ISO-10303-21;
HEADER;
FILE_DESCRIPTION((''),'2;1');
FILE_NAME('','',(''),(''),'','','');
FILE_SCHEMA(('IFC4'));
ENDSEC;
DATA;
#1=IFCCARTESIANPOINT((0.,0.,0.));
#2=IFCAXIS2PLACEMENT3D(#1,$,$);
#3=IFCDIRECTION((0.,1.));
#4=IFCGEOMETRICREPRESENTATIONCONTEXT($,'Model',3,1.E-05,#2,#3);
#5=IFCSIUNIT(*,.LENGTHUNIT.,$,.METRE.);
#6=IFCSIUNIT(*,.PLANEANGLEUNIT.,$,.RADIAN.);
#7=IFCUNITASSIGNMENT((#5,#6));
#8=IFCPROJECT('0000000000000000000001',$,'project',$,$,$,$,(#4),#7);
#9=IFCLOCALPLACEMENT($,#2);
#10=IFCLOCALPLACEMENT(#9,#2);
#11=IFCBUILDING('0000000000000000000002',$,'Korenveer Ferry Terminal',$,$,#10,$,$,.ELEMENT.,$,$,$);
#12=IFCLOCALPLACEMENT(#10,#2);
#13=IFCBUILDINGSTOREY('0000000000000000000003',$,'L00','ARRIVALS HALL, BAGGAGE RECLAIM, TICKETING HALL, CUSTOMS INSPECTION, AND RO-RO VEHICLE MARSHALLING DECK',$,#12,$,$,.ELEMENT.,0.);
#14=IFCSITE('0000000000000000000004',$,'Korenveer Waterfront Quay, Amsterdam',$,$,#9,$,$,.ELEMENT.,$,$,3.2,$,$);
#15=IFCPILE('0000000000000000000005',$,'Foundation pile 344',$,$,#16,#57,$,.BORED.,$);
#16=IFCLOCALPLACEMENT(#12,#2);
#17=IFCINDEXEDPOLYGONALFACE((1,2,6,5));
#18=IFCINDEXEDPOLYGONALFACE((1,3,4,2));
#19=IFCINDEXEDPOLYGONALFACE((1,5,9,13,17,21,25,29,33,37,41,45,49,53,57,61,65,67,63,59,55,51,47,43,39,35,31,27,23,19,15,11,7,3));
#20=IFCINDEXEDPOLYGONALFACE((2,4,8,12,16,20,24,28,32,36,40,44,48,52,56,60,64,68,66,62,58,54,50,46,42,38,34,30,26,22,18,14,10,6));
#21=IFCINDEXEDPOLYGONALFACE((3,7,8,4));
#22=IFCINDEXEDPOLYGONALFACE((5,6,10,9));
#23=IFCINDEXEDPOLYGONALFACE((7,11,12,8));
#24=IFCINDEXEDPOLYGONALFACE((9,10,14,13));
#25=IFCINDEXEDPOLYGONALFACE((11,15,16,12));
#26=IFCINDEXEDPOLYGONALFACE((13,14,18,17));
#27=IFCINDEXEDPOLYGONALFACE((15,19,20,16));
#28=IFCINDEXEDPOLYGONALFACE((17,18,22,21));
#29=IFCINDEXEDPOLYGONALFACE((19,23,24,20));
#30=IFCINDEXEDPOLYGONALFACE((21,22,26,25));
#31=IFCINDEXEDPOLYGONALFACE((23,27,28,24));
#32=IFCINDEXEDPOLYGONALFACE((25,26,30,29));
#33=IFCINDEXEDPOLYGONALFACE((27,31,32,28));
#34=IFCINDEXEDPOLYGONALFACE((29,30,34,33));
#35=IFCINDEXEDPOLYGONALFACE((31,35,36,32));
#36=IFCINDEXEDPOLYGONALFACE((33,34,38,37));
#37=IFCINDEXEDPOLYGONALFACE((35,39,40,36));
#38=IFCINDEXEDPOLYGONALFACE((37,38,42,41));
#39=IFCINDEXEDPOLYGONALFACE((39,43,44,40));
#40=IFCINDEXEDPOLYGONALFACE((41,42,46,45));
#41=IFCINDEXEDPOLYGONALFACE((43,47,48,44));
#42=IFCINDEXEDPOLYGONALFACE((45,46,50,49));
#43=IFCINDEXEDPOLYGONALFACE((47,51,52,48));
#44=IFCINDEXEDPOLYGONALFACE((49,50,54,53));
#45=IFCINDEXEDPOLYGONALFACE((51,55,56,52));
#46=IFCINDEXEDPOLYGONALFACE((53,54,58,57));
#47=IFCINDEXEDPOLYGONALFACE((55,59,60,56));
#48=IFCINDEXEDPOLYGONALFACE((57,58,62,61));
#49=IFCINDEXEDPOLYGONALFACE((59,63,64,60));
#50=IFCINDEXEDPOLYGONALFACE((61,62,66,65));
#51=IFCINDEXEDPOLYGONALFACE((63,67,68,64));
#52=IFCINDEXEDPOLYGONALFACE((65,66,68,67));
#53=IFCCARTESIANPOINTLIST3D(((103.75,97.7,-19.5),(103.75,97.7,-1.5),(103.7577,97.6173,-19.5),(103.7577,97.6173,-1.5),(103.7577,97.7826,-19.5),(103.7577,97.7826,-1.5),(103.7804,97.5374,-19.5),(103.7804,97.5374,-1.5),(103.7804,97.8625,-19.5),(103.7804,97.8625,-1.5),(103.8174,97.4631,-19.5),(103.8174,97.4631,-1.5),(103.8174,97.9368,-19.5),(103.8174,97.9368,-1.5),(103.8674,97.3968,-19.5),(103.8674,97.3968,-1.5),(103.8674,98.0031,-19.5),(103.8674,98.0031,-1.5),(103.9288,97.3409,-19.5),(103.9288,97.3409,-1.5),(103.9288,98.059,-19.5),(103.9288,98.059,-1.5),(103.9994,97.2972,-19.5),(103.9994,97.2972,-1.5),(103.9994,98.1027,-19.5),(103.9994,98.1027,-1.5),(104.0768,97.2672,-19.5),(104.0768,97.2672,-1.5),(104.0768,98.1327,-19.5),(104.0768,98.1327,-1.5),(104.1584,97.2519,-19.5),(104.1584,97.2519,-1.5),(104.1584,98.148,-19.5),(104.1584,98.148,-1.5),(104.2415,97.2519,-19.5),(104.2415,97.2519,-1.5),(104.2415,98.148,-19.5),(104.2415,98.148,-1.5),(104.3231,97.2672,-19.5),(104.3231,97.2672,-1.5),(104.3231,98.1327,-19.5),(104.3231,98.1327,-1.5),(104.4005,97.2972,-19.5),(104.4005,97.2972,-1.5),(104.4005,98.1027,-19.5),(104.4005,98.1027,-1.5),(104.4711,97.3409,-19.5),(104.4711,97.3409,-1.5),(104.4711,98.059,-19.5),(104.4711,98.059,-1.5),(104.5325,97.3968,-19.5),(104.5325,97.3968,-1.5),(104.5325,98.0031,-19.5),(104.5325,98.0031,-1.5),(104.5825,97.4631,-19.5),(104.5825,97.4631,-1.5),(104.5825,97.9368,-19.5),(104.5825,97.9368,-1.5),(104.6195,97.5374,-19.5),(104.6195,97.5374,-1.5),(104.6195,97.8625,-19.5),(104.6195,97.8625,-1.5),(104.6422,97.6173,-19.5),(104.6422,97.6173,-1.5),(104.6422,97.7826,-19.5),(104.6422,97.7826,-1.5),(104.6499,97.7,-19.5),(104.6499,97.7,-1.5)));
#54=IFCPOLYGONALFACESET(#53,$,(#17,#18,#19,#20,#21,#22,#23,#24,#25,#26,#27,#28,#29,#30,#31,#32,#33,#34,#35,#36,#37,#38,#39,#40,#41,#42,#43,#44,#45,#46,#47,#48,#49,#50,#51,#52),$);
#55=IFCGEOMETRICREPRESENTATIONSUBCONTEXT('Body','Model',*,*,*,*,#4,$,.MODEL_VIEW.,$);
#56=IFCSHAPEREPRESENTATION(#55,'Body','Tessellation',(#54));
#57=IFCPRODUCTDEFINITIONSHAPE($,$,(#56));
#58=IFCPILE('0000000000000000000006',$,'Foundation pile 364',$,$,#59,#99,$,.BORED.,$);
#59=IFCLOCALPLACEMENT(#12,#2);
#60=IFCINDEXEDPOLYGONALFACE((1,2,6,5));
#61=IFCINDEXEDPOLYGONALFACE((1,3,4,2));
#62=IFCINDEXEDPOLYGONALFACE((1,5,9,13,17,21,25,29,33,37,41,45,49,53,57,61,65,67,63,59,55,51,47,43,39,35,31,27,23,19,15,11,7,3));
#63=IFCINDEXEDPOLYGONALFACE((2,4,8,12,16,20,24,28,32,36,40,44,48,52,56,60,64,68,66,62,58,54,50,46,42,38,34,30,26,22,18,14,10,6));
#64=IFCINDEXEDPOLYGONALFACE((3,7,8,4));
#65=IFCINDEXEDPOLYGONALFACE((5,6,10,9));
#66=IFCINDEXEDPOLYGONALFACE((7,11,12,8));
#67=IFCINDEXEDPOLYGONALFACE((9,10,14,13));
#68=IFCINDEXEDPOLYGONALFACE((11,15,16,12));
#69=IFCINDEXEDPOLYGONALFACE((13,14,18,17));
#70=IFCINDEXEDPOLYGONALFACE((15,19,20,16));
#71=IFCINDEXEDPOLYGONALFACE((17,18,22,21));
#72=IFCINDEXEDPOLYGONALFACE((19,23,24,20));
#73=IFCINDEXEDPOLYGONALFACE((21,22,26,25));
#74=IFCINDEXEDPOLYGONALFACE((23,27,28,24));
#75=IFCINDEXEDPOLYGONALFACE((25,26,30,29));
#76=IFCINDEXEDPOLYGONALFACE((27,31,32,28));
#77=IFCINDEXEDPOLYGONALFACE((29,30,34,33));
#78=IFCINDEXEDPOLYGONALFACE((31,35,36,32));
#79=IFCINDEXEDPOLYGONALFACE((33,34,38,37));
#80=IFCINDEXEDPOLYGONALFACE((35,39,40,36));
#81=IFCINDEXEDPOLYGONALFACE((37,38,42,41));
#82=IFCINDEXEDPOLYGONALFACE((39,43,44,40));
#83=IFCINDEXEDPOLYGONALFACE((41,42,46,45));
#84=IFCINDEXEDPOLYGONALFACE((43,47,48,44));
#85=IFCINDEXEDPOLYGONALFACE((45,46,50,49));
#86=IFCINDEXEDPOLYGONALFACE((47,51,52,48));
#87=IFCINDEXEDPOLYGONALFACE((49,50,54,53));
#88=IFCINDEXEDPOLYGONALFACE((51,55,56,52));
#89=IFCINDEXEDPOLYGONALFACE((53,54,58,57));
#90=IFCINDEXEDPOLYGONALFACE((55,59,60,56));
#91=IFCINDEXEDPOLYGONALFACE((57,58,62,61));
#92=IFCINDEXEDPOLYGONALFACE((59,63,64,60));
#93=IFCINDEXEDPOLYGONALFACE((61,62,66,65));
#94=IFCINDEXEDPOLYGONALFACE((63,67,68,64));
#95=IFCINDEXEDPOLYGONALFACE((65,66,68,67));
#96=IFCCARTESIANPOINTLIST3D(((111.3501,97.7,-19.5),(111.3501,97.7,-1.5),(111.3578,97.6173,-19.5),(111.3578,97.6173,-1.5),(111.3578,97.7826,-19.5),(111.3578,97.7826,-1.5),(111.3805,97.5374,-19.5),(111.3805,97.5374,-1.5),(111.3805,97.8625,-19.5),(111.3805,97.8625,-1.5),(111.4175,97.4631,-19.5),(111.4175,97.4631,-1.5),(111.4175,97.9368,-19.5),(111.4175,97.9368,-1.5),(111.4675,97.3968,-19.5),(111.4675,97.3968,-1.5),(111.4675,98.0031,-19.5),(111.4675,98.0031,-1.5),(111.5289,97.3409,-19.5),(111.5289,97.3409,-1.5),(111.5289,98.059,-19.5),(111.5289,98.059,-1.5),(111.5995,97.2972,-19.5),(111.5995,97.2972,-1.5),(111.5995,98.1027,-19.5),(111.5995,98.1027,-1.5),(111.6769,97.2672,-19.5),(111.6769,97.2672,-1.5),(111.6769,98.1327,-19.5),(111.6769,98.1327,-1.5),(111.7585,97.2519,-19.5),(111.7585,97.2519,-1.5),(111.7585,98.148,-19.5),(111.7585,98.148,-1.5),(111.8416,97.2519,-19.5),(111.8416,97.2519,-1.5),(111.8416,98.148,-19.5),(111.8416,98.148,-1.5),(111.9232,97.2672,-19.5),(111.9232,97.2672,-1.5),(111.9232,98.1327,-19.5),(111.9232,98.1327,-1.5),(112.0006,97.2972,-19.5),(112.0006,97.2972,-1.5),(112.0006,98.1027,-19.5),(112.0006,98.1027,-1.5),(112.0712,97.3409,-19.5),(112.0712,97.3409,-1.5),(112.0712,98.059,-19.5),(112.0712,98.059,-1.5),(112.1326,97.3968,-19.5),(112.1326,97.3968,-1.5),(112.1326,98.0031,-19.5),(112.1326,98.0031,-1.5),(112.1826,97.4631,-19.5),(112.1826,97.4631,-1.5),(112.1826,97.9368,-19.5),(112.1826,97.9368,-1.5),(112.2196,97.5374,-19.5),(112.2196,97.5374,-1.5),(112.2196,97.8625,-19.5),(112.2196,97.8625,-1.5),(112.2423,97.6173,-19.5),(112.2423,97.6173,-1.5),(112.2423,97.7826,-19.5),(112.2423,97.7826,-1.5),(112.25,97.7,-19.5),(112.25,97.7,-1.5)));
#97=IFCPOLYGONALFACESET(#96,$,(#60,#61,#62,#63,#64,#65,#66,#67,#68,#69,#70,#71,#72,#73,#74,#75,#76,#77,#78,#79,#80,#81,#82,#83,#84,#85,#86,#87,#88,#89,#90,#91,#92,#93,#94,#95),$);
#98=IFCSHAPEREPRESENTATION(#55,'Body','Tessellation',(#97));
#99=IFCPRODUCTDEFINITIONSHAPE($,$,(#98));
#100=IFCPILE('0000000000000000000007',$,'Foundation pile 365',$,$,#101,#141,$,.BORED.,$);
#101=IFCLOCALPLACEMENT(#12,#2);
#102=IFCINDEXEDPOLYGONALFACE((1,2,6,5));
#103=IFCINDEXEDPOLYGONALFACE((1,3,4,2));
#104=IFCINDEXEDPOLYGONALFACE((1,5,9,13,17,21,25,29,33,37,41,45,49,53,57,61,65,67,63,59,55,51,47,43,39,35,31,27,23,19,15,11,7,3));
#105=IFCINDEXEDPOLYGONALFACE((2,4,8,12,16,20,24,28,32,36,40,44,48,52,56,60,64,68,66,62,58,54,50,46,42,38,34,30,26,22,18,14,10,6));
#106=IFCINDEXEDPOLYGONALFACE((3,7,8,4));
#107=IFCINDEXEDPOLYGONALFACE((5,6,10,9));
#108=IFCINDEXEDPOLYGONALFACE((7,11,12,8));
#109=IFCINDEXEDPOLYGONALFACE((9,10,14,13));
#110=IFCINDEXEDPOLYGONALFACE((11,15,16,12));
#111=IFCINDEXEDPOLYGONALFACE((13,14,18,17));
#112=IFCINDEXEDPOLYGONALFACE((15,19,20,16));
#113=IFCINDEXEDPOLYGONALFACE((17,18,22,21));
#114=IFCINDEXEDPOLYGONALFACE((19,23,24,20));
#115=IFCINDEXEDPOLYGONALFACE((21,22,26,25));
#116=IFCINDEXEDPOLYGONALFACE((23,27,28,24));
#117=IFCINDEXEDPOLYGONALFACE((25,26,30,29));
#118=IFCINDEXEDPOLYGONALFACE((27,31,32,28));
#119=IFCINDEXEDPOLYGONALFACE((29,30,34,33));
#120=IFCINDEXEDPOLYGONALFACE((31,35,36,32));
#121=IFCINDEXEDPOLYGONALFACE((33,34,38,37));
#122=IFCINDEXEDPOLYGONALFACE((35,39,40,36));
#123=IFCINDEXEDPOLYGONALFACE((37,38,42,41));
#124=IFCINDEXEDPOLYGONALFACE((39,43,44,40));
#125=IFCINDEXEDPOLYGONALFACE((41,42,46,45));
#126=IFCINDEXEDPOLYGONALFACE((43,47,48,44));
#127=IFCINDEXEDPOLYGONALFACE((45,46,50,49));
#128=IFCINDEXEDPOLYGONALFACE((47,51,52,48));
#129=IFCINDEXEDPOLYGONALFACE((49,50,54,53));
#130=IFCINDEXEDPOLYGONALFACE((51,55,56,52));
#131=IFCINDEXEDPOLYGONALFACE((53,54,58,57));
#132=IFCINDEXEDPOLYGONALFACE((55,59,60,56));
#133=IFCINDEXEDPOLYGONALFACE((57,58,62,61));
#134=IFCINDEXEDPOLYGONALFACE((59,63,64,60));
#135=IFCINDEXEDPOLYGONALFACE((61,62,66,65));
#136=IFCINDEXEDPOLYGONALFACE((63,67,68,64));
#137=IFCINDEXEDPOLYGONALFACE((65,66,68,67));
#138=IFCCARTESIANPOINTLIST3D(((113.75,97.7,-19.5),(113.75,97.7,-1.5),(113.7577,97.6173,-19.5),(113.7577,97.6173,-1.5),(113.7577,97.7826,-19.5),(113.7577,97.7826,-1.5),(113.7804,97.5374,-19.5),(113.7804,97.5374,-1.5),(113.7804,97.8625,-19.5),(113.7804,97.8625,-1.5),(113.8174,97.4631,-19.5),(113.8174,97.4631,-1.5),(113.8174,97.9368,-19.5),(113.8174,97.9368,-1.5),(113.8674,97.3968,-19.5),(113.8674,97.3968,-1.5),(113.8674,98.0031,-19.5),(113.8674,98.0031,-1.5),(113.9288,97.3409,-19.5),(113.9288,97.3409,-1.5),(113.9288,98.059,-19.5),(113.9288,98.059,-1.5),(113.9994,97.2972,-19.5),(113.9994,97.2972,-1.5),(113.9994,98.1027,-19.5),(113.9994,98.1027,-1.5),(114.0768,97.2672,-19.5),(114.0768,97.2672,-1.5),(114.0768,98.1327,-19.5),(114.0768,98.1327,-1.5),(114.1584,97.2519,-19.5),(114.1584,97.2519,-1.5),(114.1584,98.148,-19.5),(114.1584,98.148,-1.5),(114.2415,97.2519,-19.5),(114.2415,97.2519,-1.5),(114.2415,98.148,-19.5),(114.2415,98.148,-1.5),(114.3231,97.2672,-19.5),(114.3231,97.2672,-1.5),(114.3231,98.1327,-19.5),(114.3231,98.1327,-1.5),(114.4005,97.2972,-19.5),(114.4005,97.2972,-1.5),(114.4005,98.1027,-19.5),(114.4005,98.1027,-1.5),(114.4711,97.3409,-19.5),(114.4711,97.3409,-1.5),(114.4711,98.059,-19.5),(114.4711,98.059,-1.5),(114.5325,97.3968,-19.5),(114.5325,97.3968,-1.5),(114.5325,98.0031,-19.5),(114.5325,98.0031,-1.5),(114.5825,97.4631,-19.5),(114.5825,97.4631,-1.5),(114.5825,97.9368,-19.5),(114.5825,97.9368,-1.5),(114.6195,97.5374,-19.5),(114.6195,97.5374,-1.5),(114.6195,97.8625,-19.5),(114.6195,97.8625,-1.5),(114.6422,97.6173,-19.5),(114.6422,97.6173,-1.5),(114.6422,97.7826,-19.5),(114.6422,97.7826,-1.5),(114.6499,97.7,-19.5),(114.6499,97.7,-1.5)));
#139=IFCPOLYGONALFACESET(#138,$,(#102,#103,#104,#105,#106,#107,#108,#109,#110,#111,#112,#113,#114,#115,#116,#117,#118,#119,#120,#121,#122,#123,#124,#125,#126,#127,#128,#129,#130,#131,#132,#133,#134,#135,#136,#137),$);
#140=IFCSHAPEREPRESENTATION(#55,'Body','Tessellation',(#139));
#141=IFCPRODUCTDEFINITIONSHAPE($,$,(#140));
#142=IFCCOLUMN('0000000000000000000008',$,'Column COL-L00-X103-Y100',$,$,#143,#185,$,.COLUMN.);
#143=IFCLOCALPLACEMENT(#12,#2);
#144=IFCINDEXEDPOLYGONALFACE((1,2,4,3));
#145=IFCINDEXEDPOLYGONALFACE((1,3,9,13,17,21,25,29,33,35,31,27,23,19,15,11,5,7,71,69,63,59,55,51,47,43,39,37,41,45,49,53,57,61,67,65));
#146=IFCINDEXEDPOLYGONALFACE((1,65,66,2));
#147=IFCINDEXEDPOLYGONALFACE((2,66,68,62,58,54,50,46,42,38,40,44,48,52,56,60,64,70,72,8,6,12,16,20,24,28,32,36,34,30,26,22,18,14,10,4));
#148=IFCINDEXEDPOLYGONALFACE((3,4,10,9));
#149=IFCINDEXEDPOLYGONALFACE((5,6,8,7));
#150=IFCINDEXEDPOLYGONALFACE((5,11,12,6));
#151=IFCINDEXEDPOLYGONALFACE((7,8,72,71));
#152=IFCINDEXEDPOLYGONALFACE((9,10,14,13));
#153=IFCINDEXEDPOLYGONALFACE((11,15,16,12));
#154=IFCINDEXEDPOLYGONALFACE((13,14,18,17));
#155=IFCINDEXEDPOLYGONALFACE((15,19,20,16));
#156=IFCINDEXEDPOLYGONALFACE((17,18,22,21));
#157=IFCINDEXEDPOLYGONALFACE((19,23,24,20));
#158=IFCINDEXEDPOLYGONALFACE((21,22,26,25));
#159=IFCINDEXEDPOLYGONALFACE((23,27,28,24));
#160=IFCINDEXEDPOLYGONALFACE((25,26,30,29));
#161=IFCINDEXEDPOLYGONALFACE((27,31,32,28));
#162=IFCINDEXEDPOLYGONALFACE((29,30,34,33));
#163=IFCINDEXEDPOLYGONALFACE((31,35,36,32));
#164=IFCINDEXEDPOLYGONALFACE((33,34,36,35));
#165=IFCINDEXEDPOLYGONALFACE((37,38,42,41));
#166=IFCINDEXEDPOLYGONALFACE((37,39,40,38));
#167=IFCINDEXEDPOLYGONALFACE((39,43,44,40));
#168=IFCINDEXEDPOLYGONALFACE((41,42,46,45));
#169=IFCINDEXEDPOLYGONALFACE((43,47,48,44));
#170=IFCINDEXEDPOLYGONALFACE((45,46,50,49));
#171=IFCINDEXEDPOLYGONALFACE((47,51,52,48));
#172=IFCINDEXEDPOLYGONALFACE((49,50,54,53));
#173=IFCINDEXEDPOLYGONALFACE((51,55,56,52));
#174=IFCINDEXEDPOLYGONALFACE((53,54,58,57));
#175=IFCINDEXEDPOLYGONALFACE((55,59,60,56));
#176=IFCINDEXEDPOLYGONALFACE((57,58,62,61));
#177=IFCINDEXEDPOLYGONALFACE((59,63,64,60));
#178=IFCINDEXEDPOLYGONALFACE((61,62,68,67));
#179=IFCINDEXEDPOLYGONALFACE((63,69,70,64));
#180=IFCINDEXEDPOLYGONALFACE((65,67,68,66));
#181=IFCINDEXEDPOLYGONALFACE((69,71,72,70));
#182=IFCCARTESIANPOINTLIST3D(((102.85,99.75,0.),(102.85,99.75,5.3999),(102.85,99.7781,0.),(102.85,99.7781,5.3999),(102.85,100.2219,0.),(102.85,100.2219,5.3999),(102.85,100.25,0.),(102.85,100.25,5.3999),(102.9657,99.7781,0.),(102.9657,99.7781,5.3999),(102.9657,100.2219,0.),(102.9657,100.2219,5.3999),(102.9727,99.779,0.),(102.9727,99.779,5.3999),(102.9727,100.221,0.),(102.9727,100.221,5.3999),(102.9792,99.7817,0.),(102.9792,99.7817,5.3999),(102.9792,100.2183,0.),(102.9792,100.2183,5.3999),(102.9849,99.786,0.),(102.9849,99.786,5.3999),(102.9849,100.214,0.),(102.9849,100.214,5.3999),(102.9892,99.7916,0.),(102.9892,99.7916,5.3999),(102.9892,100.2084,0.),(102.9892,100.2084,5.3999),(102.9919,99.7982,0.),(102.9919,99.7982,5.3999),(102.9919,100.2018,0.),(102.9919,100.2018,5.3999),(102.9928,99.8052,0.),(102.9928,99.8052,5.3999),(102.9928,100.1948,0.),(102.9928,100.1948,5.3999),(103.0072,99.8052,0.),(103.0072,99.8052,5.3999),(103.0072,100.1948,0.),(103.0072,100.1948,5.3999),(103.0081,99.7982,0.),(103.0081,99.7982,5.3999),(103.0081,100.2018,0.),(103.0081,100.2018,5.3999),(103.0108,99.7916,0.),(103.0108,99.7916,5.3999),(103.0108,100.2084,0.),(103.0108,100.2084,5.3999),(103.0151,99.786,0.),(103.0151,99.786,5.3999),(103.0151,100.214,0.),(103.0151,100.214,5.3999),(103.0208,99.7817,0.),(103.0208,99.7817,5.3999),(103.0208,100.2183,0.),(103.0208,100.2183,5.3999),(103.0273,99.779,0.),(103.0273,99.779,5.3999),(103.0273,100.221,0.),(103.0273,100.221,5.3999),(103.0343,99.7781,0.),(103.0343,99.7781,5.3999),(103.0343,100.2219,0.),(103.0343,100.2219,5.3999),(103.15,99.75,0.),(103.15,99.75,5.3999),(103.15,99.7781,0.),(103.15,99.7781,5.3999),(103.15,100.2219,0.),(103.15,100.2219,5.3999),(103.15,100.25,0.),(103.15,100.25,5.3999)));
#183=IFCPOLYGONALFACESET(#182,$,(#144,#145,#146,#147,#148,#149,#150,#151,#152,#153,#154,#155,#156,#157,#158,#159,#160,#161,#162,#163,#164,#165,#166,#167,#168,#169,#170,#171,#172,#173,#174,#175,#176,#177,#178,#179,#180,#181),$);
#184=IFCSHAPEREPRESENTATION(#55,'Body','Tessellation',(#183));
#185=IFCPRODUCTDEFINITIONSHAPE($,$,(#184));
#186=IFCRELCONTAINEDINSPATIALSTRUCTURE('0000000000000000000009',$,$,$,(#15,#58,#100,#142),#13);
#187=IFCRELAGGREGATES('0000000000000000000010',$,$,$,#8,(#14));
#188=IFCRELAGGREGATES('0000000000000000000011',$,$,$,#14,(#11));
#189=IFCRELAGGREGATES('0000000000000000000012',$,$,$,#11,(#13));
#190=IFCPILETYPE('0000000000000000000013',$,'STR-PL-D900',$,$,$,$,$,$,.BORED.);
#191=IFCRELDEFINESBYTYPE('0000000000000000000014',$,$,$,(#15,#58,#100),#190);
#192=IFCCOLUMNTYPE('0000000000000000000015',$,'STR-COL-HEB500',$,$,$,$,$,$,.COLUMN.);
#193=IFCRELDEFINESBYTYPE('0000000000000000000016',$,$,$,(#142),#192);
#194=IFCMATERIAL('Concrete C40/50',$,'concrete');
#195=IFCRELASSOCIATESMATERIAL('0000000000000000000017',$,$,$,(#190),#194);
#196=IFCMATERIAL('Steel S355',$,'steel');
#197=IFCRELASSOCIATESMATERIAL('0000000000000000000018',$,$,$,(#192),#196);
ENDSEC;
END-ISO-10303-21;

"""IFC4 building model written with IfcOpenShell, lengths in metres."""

from ifc_helpers import new_model, si_unit, direction, frame, origin, origin_2d, place, context, subcontext, project, spatial, circle, i_section, extrude, material, material_profile, profile_set, type_object, element, save


model = new_model("IFC4")

# Units and contexts
model_context = context("Model", 3, precision=1e-05, world=origin(), true_north=direction((0.0, 1.0)))
body_context = subcontext(model_context, "Body", "Model", "MODEL_VIEW")
ifc_project = project(units=[si_unit("LENGTHUNIT", "METRE"), si_unit("PLANEANGLEUNIT", "RADIAN")], contexts=[model_context])

# Site, building, storey
site_placement = place(None, origin())
site = spatial("IfcSite", under=ifc_project, at=site_placement, Name="Korenveer Waterfront Quay, Amsterdam", CompositionType="ELEMENT", RefElevation=3.2)
building_placement = place(site_placement, origin())
building = spatial("IfcBuilding", under=site, at=building_placement, Name="Korenveer Ferry Terminal", CompositionType="ELEMENT")
storey_placement = place(building_placement, origin())
storey = spatial("IfcBuildingStorey", under=building, at=storey_placement, Name="L00", Description="ARRIVALS HALL, BAGGAGE RECLAIM, TICKETING HALL, CUSTOMS INSPECTION, AND RO-RO VEHICLE MARSHALLING DECK", CompositionType="ELEMENT", Elevation=0.0)

# Shared definitions
ifc_material_1 = material(Name="Concrete C40/50", Category="concrete")

# Piles
ifc_material_profile_1 = material_profile(ifc_material_1, circle(Radius=0.45, at=origin_2d()), Name="PILE D900")
ifc_profile_set_1 = profile_set([ifc_material_profile_1], Name="Concrete C40/50")
pile_type_1 = type_object("IfcPileType", Name="STR-PL-D900", PredefinedType="BORED", material=ifc_profile_set_1)
for number, where, z_axis, x_axis, name in (
    (1, (104.2, 97.7, -1.5), (0.0, 0.0, -1.0), (1.0, 0.0, 0.0), "Foundation pile 344"),
    (2, (111.8, 97.7, -1.5), (0.0, 0.0, -1.0), (1.0, 0.0, 0.0), "Foundation pile 364"),
    (3, (114.2, 97.7, -1.5), (0.0, 0.0, -1.0), (1.0, 0.0, 0.0), "Foundation pile 365"),
):
    element("IfcPile", number, at=place(storey_placement, frame(where, z_axis=z_axis, x_axis=x_axis)), inside=storey, type_object=pile_type_1, Name=name, PredefinedType="BORED", context=body_context, shape_type="SweptSolid", body=[
        extrude(circle(Radius=0.45, at=origin_2d()), origin(), (0.0, 0.0, 1.0), 18.0),
    ])

# Column
ifc_material_2 = material(Name="Steel S355", Category="steel")
ifc_material_profile_2 = material_profile(ifc_material_2, i_section(OverallWidth=0.3, OverallDepth=0.5, WebThickness=0.0144, FlangeThickness=0.0281, FilletRadius=0.0271, at=origin_2d()), Name="HEB 500")
ifc_profile_set_2 = profile_set([ifc_material_profile_2], Name="Steel S355")
column_type = type_object("IfcColumnType", Name="STR-COL-HEB500", PredefinedType="COLUMN", material=ifc_profile_set_2)
for number, where, z_axis, x_axis, name in (
    (4, (103.0, 100.0, 0.0), (0.0, 0.0, 1.0), (1.0, 0.0, 0.0), "Column COL-L00-X103-Y100"),
):
    element("IfcColumn", number, at=place(storey_placement, frame(where, z_axis=z_axis, x_axis=x_axis)), inside=storey, type_object=column_type, Name=name, PredefinedType="COLUMN", context=body_context, shape_type="SweptSolid", body=[
        extrude(i_section(OverallWidth=0.3, OverallDepth=0.5, WebThickness=0.0144, FlangeThickness=0.0281, FilletRadius=0.0271, at=origin_2d()), origin(), (0.0, 0.0, 1.0), 5.3999),
    ])

save(model, "model.ifc")
